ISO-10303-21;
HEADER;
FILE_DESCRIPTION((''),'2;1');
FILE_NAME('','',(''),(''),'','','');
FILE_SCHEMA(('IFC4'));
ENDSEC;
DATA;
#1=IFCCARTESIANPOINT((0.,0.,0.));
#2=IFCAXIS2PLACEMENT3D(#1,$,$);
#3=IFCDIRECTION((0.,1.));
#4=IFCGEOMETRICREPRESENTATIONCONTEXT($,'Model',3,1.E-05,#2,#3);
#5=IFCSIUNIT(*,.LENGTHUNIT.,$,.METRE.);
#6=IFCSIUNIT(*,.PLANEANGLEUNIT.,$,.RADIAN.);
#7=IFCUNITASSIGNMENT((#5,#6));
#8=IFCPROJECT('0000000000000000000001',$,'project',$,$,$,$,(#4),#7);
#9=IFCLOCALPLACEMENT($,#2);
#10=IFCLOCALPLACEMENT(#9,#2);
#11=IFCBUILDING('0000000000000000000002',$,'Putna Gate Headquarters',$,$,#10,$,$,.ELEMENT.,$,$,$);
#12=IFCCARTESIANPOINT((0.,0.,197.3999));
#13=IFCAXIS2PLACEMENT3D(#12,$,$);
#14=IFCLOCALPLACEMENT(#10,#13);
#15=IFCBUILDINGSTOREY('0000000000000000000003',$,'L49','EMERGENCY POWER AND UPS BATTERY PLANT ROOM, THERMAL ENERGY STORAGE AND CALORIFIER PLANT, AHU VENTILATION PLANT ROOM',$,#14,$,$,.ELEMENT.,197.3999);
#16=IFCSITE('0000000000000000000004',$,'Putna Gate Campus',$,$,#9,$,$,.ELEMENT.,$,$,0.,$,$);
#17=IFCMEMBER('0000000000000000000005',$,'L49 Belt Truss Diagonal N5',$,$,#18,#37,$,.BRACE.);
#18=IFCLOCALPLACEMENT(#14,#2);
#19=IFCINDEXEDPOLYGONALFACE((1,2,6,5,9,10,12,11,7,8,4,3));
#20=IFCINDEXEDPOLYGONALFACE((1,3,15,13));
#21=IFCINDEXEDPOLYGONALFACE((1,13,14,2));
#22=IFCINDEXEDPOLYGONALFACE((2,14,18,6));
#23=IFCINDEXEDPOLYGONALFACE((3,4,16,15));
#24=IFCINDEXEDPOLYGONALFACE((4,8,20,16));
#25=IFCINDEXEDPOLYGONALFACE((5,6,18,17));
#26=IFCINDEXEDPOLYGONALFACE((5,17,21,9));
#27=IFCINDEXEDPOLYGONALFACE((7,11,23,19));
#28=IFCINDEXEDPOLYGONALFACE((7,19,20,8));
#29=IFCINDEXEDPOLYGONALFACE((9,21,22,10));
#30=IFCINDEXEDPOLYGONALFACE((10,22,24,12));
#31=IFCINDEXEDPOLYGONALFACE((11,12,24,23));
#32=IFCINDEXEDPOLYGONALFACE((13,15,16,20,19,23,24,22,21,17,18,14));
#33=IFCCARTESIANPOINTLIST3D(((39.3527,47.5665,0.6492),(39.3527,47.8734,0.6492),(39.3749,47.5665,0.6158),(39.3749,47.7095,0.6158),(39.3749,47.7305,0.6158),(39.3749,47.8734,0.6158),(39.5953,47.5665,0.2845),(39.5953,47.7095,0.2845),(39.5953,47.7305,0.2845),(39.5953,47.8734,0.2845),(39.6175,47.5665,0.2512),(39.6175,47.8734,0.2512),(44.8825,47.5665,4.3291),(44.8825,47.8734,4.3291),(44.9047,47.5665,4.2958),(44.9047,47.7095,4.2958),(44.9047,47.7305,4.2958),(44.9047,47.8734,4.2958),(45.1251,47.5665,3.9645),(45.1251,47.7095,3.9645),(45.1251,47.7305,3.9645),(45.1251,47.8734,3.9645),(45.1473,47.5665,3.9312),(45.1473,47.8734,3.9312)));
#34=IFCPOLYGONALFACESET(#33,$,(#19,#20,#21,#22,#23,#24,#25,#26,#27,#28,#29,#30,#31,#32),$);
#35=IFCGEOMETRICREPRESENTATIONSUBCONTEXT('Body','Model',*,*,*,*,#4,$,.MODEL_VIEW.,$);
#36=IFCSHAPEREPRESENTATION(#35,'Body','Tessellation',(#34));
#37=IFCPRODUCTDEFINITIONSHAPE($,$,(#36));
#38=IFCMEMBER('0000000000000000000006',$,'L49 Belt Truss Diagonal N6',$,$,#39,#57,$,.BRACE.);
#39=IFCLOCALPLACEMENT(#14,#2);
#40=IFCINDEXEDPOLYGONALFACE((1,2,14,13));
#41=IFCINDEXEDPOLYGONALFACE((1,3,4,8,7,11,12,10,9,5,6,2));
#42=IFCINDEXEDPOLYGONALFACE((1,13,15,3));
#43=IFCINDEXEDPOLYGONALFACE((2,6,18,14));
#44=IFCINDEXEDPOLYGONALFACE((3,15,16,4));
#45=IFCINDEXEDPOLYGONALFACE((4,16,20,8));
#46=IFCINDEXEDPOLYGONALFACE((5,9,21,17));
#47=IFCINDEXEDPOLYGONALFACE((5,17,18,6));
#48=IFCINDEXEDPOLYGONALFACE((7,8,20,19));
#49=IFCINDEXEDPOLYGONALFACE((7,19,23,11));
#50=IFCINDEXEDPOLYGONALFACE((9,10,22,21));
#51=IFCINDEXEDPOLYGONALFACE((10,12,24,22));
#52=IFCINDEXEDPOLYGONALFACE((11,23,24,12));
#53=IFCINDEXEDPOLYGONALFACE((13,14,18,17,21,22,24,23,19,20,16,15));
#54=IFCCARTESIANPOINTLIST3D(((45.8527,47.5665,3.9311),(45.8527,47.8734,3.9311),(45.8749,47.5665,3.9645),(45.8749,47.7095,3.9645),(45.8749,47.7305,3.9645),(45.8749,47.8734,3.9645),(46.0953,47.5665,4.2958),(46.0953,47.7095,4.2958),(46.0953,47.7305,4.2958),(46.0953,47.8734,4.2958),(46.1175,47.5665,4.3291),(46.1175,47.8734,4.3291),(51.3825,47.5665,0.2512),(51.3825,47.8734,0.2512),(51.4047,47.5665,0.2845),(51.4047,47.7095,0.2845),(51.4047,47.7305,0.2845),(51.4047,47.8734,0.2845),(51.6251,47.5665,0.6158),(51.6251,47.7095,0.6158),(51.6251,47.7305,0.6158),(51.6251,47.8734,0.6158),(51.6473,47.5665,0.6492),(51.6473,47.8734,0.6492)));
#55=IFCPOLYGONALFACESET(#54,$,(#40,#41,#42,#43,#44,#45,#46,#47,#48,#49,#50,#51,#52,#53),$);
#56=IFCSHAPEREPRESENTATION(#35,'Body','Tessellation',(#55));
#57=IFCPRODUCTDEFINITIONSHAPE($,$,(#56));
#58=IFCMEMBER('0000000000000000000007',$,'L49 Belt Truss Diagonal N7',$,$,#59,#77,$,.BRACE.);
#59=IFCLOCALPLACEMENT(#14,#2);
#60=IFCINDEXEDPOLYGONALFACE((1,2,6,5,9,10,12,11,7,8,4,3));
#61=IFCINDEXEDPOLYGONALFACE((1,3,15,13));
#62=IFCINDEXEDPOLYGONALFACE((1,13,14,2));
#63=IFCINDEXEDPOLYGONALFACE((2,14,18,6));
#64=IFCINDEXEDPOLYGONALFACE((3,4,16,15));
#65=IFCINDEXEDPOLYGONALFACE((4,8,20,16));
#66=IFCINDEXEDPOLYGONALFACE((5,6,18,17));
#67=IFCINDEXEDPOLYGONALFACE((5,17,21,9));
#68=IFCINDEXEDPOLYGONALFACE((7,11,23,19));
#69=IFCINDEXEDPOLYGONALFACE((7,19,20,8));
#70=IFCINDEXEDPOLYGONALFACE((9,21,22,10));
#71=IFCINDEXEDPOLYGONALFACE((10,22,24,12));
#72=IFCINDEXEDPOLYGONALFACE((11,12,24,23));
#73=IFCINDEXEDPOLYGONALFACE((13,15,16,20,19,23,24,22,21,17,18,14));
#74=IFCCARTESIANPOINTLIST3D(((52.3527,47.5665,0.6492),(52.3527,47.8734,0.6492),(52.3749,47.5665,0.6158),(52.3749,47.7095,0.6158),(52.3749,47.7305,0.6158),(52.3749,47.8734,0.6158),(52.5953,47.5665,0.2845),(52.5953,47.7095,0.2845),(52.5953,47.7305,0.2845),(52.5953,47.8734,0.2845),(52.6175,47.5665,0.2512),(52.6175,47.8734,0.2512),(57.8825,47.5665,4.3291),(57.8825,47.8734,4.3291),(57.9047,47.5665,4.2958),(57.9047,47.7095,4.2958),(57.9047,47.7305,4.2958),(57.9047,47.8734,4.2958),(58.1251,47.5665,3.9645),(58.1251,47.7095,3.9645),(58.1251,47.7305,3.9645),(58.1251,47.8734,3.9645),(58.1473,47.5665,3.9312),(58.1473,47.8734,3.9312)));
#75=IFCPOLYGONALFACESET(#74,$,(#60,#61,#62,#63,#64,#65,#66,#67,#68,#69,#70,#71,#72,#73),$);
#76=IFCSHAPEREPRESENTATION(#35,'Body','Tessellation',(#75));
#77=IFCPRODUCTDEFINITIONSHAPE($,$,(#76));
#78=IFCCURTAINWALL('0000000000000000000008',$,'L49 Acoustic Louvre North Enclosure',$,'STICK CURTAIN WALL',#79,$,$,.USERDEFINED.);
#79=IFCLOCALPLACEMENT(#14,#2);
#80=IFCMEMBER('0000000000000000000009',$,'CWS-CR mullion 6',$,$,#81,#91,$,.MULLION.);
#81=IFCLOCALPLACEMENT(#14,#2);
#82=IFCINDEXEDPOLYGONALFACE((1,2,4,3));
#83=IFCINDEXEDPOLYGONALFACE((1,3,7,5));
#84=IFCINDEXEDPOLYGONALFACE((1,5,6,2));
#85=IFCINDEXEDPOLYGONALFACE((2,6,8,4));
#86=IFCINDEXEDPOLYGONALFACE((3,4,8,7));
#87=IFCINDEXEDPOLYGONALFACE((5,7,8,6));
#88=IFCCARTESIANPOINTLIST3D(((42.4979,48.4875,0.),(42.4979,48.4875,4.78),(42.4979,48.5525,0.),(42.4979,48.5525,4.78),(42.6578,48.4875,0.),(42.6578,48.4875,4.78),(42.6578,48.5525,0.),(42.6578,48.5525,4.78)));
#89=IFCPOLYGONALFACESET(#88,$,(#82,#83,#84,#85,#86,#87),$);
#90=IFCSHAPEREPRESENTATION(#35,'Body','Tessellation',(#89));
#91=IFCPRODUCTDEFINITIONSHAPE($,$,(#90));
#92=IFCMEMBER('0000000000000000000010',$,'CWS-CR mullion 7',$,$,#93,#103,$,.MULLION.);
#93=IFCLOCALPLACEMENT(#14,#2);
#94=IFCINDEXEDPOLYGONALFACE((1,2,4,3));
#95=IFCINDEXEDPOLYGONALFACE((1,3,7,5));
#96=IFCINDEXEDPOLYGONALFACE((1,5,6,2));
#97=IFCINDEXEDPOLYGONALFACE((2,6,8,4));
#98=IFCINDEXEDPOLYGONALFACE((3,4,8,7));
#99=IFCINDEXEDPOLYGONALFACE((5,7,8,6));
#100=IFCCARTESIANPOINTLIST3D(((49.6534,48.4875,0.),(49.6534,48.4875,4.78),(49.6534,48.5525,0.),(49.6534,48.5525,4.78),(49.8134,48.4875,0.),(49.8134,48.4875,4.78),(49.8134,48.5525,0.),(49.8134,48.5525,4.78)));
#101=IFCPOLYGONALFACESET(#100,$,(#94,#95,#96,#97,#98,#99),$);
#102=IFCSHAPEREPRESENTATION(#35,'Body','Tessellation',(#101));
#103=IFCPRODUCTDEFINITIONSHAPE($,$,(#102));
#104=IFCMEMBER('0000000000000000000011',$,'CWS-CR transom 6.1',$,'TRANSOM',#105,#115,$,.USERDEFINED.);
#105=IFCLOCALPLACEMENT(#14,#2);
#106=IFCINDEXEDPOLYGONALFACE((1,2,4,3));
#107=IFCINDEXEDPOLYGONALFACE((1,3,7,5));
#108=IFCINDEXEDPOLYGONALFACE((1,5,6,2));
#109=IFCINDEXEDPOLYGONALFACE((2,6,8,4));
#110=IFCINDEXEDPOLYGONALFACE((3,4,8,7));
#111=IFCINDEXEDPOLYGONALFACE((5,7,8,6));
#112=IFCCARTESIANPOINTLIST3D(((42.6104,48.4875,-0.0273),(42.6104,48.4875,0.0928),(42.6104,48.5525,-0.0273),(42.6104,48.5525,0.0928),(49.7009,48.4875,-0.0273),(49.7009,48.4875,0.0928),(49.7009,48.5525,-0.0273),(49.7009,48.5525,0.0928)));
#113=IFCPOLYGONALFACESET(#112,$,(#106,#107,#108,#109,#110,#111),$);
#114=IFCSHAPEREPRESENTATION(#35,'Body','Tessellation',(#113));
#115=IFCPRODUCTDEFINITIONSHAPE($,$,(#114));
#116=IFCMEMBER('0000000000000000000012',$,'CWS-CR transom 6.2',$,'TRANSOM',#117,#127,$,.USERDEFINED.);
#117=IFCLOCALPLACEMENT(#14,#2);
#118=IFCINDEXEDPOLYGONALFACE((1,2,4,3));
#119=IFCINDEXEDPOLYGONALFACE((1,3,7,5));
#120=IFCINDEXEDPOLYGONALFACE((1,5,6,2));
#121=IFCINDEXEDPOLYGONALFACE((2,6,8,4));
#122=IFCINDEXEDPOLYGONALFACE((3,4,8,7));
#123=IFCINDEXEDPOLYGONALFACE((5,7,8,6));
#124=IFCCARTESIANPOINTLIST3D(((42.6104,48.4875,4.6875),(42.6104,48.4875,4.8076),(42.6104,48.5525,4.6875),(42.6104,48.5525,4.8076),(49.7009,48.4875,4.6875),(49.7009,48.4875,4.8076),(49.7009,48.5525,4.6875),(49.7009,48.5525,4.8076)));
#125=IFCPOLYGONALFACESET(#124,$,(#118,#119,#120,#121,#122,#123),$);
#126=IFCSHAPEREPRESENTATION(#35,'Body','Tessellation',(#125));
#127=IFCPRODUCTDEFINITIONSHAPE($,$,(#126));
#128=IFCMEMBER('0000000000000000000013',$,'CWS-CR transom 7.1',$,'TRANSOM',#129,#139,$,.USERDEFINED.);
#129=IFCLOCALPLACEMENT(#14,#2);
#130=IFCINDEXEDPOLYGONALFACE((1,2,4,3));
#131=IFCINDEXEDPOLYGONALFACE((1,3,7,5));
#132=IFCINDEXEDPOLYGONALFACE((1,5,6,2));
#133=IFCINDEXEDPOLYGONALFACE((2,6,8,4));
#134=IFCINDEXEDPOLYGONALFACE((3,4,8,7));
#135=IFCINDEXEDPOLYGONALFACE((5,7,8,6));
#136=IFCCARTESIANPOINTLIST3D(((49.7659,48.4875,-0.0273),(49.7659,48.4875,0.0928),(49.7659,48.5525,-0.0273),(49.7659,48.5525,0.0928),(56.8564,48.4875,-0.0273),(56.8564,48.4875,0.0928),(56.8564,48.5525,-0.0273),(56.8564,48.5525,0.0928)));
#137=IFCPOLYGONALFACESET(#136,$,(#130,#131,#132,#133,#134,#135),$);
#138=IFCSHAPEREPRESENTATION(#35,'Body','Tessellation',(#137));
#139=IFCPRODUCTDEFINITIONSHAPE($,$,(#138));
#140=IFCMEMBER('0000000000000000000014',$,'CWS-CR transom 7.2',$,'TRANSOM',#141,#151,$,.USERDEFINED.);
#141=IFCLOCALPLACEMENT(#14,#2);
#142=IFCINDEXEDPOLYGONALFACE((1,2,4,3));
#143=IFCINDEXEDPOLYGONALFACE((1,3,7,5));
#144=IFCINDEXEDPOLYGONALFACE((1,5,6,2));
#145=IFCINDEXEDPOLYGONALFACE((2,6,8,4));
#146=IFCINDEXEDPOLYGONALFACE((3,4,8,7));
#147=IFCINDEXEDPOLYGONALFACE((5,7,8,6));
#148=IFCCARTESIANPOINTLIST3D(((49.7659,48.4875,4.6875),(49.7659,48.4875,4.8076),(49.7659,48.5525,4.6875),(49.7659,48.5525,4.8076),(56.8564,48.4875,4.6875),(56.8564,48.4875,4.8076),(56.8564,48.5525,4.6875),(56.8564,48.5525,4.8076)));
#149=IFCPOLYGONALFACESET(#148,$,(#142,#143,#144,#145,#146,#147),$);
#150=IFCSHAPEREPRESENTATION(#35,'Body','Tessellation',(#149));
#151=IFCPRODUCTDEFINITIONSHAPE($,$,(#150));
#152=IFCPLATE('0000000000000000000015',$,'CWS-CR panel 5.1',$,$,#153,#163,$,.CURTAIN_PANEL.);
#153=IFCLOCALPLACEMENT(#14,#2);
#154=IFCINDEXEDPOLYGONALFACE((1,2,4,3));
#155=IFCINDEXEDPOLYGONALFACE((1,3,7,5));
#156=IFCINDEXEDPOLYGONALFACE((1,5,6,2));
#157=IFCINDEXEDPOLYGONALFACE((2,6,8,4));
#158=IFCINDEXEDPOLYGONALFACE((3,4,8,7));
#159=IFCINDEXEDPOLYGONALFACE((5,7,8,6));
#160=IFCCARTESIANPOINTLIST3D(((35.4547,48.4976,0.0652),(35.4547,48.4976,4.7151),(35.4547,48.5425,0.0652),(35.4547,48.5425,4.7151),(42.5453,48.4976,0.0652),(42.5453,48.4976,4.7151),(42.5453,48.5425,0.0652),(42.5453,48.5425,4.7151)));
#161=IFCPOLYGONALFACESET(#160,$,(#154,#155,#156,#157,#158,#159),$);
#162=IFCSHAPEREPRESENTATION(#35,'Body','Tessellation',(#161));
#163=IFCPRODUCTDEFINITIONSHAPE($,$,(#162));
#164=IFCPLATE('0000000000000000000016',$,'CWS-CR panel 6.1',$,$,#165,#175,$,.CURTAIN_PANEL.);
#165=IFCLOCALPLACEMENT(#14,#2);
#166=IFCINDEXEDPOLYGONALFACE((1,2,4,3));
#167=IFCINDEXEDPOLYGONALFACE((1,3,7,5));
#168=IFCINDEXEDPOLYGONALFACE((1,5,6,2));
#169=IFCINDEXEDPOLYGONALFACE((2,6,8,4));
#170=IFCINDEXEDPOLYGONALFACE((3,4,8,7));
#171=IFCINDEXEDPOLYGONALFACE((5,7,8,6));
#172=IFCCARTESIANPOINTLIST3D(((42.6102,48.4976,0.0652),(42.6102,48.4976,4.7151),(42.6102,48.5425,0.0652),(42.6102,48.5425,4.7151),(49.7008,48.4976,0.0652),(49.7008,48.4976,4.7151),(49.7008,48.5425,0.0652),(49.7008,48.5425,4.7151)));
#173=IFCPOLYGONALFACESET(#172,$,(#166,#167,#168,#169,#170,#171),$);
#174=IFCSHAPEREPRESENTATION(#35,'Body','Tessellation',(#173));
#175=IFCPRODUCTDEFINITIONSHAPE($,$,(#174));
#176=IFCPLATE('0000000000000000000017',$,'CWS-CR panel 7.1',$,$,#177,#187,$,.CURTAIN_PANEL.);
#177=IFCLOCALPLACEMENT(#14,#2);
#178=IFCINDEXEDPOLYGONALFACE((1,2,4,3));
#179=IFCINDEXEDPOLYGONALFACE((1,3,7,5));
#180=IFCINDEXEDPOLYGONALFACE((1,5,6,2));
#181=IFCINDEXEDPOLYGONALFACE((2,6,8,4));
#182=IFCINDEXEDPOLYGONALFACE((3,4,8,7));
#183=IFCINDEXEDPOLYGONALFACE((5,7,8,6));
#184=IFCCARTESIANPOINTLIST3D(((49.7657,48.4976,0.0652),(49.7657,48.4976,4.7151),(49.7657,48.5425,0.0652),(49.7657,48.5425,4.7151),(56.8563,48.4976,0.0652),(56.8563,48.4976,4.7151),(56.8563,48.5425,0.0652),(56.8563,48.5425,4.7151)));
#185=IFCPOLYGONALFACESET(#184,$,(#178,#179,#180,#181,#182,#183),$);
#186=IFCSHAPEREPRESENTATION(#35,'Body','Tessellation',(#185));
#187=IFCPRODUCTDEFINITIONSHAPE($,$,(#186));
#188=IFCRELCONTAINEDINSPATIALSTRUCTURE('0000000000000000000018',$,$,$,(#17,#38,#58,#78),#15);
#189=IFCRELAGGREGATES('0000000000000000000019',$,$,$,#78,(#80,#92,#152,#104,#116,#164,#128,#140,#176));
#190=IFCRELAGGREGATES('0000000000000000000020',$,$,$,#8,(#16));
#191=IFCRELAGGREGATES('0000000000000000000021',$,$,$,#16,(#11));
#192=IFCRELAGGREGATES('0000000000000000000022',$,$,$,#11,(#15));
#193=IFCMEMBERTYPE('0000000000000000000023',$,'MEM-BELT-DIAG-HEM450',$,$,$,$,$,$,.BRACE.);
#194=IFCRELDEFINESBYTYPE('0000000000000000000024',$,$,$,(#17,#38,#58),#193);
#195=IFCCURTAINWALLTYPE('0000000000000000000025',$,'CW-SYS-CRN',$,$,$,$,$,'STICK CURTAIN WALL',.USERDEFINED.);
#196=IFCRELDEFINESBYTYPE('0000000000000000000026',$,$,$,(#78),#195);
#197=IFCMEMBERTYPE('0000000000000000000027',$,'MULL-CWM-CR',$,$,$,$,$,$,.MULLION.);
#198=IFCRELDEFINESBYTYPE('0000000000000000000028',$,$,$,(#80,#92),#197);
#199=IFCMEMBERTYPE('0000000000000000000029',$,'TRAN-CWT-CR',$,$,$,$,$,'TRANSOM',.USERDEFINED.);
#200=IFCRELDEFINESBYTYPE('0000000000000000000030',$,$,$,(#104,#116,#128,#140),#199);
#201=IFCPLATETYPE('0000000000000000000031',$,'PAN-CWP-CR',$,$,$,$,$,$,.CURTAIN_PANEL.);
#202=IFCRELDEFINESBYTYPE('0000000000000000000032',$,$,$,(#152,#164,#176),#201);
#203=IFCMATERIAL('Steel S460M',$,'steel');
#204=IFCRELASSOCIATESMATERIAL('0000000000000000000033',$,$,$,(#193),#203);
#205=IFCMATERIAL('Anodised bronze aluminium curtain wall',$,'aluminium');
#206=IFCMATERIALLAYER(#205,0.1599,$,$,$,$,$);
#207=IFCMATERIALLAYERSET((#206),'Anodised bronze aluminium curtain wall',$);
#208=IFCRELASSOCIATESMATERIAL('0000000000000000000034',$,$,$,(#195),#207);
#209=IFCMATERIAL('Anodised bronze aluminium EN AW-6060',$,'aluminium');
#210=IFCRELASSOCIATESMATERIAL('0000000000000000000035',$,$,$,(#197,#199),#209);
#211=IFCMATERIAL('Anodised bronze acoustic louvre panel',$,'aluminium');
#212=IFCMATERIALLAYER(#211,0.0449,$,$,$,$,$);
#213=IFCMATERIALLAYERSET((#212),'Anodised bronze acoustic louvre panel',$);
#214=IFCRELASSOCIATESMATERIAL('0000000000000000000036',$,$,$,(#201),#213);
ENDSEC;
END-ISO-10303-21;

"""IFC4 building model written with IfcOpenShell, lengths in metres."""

from ifc_helpers import new_model, si_unit, direction, frame, origin, origin_2d, place, context, subcontext, project, spatial, rectangle, i_section, extrude, material, layer, layer_set, material_profile, profile_set, type_object, element, aggregate, save


model = new_model("IFC4")

# Units and contexts
model_context = context("Model", 3, precision=1e-05, world=origin(), true_north=direction((0.0, 1.0)))
body_context = subcontext(model_context, "Body", "Model", "MODEL_VIEW")
ifc_project = project(units=[si_unit("LENGTHUNIT", "METRE"), si_unit("PLANEANGLEUNIT", "RADIAN")], contexts=[model_context])

# Site, building, storey
site_placement = place(None, origin())
site = spatial("IfcSite", under=ifc_project, at=site_placement, Name="Putna Gate Campus", CompositionType="ELEMENT", RefElevation=0.0)
building_placement = place(site_placement, origin())
building = spatial("IfcBuilding", under=site, at=building_placement, Name="Putna Gate Headquarters", CompositionType="ELEMENT")
storey_placement = place(building_placement, frame((0.0, 0.0, 197.3999)))
storey = spatial("IfcBuildingStorey", under=building, at=storey_placement, Name="L49", Description="EMERGENCY POWER AND UPS BATTERY PLANT ROOM, THERMAL ENERGY STORAGE AND CALORIFIER PLANT, AHU VENTILATION PLANT ROOM", CompositionType="ELEMENT", Elevation=197.3999)

# Members
ifc_material_1 = material(Name="Steel S460M", Category="steel")
ifc_material_profile_1 = material_profile(ifc_material_1, i_section(OverallWidth=0.3069, OverallDepth=0.478, WebThickness=0.021, FlangeThickness=0.04, at=origin_2d()), Name="Steel S460M")
ifc_profile_set_1 = profile_set([ifc_material_profile_1], Name="Steel S460M")
member_type_1 = type_object("IfcMemberType", Name="MEM-BELT-DIAG-HEM450", PredefinedType="BRACE", material=ifc_profile_set_1)
for number, where, z_axis, x_axis, name in (
    (1, (39.4851, 47.72, 0.4502), (0.832508, 0.0, 0.554013), (0.0, 1.0, 0.0), "L49 Belt Truss Diagonal N5"),
    (2, (45.9851, 47.72, 4.1301), (0.832508, 0.0, -0.554013), (0.0, 1.0, 0.0), "L49 Belt Truss Diagonal N6"),
    (3, (52.4851, 47.72, 0.4502), (0.832508, 0.0, 0.554013), (0.0, 1.0, 0.0), "L49 Belt Truss Diagonal N7"),
):
    element("IfcMember", number, at=place(storey_placement, frame(where, z_axis=z_axis, x_axis=x_axis)), inside=storey, type_object=member_type_1, Name=name, PredefinedType="BRACE", context=body_context, shape_type="SweptSolid", body=[
        extrude(i_section(OverallWidth=0.3069, OverallDepth=0.478, WebThickness=0.021, FlangeThickness=0.04, at=origin_2d()), origin(), (0.0, 0.0, 1.0), 6.6423),
    ])

# Curtain wall, members, plates
ifc_material_2 = material(Name="Anodised bronze aluminium curtain wall", Category="aluminium")
ifc_layer_1 = layer(ifc_material_2, 0.1599)
ifc_layer_set_1 = layer_set([ifc_layer_1], Name="Anodised bronze aluminium curtain wall")
curtain_wall_type = type_object("IfcCurtainWallType", Name="CW-SYS-CRN", ElementType="STICK CURTAIN WALL", PredefinedType="USERDEFINED", material=ifc_layer_set_1)
curtain_wall_placement = place(storey_placement, origin())
curtain_wall = element("IfcCurtainWall", 4, at=curtain_wall_placement, inside=storey, type_object=curtain_wall_type, Name="L49 Acoustic Louvre North Enclosure", ObjectType="STICK CURTAIN WALL", PredefinedType="USERDEFINED")
ifc_material_3 = material(Name="Anodised bronze aluminium EN AW-6060", Category="aluminium")
ifc_material_profile_2 = material_profile(ifc_material_3, rectangle(XDim=0.0649, YDim=0.1599, at=origin_2d()), Name="Anodised bronze aluminium EN AW-6060")
ifc_profile_set_2 = profile_set([ifc_material_profile_2], Name="Anodised bronze aluminium EN AW-6060")
member_type_2 = type_object("IfcMemberType", Name="MULL-CWM-CR", PredefinedType="MULLION", material=ifc_profile_set_2)
member_1_placement = place(storey_placement, frame((42.5779, 48.52, 0.0), z_axis=(0.0, 0.0, 1.0), x_axis=(0.0, 1.0, 0.0)))
member_1 = element("IfcMember", 5, at=member_1_placement, type_object=member_type_2, Name="CWS-CR mullion 6", PredefinedType="MULLION", context=body_context, shape_type="SweptSolid", body=[
    extrude(rectangle(XDim=0.0649, YDim=0.1599, at=origin_2d()), origin(), (0.0, 0.0, 1.0), 4.78),
])
member_2_placement = place(storey_placement, frame((49.7334, 48.52, 0.0), z_axis=(0.0, 0.0, 1.0), x_axis=(0.0, 1.0, 0.0)))
member_2 = element("IfcMember", 6, at=member_2_placement, type_object=member_type_2, Name="CWS-CR mullion 7", PredefinedType="MULLION", context=body_context, shape_type="SweptSolid", body=[
    extrude(rectangle(XDim=0.0649, YDim=0.1599, at=origin_2d()), origin(), (0.0, 0.0, 1.0), 4.78),
])
ifc_material_profile_3 = material_profile(ifc_material_3, rectangle(XDim=0.0649, YDim=0.1201, at=origin_2d()), Name="Anodised bronze aluminium EN AW-6060")
ifc_profile_set_3 = profile_set([ifc_material_profile_3], Name="Anodised bronze aluminium EN AW-6060")
member_type_3 = type_object("IfcMemberType", Name="TRAN-CWT-CR", ElementType="TRANSOM", PredefinedType="USERDEFINED", material=ifc_profile_set_3)
member_3_placement = place(storey_placement, frame((42.6104, 48.52, 0.0327), z_axis=(1.0, 0.0, 0.0), x_axis=(0.0, 1.0, 0.0)))
member_3 = element("IfcMember", 7, at=member_3_placement, type_object=member_type_3, Name="CWS-CR transom 6.1", ObjectType="TRANSOM", PredefinedType="USERDEFINED", context=body_context, shape_type="SweptSolid", body=[
    extrude(rectangle(XDim=0.0649, YDim=0.1201, at=origin_2d()), origin(), (0.0, 0.0, 1.0), 7.0906),
])
member_4_placement = place(storey_placement, frame((42.6104, 48.52, 4.7476), z_axis=(1.0, 0.0, 0.0), x_axis=(0.0, 1.0, 0.0)))
member_4 = element("IfcMember", 8, at=member_4_placement, type_object=member_type_3, Name="CWS-CR transom 6.2", ObjectType="TRANSOM", PredefinedType="USERDEFINED", context=body_context, shape_type="SweptSolid", body=[
    extrude(rectangle(XDim=0.0649, YDim=0.1201, at=origin_2d()), origin(), (0.0, 0.0, 1.0), 7.0906),
])
member_5_placement = place(storey_placement, frame((49.7659, 48.52, 0.0327), z_axis=(1.0, 0.0, 0.0), x_axis=(0.0, 1.0, 0.0)))
member_5 = element("IfcMember", 9, at=member_5_placement, type_object=member_type_3, Name="CWS-CR transom 7.1", ObjectType="TRANSOM", PredefinedType="USERDEFINED", context=body_context, shape_type="SweptSolid", body=[
    extrude(rectangle(XDim=0.0649, YDim=0.1201, at=origin_2d()), origin(), (0.0, 0.0, 1.0), 7.0906),
])
member_6_placement = place(storey_placement, frame((49.7659, 48.52, 4.7476), z_axis=(1.0, 0.0, 0.0), x_axis=(0.0, 1.0, 0.0)))
member_6 = element("IfcMember", 10, at=member_6_placement, type_object=member_type_3, Name="CWS-CR transom 7.2", ObjectType="TRANSOM", PredefinedType="USERDEFINED", context=body_context, shape_type="SweptSolid", body=[
    extrude(rectangle(XDim=0.0649, YDim=0.1201, at=origin_2d()), origin(), (0.0, 0.0, 1.0), 7.0906),
])
ifc_material_4 = material(Name="Anodised bronze acoustic louvre panel", Category="aluminium")
ifc_layer_2 = layer(ifc_material_4, 0.0449)
ifc_layer_set_2 = layer_set([ifc_layer_2], Name="Anodised bronze acoustic louvre panel")
plate_type_1 = type_object("IfcPlateType", Name="PAN-CWP-CR", PredefinedType="CURTAIN_PANEL", material=ifc_layer_set_2)
plate_1_placement = place(storey_placement, frame((39.0, 48.52, 0.0652), z_axis=(0.0, 0.0, 1.0), x_axis=(1.0, 0.0, 0.0)))
plate_1 = element("IfcPlate", 11, at=plate_1_placement, type_object=plate_type_1, Name="CWS-CR panel 5.1", PredefinedType="CURTAIN_PANEL", context=body_context, shape_type="SweptSolid", body=[
    extrude(rectangle(XDim=7.0906, YDim=0.0449, at=origin_2d()), origin(), (0.0, 0.0, 1.0), 4.6499),
])
plate_2_placement = place(storey_placement, frame((46.1555, 48.52, 0.0652), z_axis=(0.0, 0.0, 1.0), x_axis=(1.0, 0.0, 0.0)))
plate_2 = element("IfcPlate", 12, at=plate_2_placement, type_object=plate_type_1, Name="CWS-CR panel 6.1", PredefinedType="CURTAIN_PANEL", context=body_context, shape_type="SweptSolid", body=[
    extrude(rectangle(XDim=7.0906, YDim=0.0449, at=origin_2d()), origin(), (0.0, 0.0, 1.0), 4.6499),
])
plate_3_placement = place(storey_placement, frame((53.311, 48.52, 0.0652), z_axis=(0.0, 0.0, 1.0), x_axis=(1.0, 0.0, 0.0)))
plate_3 = element("IfcPlate", 13, at=plate_3_placement, type_object=plate_type_1, Name="CWS-CR panel 7.1", PredefinedType="CURTAIN_PANEL", context=body_context, shape_type="SweptSolid", body=[
    extrude(rectangle(XDim=7.0906, YDim=0.0449, at=origin_2d()), origin(), (0.0, 0.0, 1.0), 4.6499),
])
aggregate(curtain_wall, [member_1, member_2, plate_1, member_3, member_4, plate_2, member_5, member_6, plate_3])

save(model, "model.ifc")
